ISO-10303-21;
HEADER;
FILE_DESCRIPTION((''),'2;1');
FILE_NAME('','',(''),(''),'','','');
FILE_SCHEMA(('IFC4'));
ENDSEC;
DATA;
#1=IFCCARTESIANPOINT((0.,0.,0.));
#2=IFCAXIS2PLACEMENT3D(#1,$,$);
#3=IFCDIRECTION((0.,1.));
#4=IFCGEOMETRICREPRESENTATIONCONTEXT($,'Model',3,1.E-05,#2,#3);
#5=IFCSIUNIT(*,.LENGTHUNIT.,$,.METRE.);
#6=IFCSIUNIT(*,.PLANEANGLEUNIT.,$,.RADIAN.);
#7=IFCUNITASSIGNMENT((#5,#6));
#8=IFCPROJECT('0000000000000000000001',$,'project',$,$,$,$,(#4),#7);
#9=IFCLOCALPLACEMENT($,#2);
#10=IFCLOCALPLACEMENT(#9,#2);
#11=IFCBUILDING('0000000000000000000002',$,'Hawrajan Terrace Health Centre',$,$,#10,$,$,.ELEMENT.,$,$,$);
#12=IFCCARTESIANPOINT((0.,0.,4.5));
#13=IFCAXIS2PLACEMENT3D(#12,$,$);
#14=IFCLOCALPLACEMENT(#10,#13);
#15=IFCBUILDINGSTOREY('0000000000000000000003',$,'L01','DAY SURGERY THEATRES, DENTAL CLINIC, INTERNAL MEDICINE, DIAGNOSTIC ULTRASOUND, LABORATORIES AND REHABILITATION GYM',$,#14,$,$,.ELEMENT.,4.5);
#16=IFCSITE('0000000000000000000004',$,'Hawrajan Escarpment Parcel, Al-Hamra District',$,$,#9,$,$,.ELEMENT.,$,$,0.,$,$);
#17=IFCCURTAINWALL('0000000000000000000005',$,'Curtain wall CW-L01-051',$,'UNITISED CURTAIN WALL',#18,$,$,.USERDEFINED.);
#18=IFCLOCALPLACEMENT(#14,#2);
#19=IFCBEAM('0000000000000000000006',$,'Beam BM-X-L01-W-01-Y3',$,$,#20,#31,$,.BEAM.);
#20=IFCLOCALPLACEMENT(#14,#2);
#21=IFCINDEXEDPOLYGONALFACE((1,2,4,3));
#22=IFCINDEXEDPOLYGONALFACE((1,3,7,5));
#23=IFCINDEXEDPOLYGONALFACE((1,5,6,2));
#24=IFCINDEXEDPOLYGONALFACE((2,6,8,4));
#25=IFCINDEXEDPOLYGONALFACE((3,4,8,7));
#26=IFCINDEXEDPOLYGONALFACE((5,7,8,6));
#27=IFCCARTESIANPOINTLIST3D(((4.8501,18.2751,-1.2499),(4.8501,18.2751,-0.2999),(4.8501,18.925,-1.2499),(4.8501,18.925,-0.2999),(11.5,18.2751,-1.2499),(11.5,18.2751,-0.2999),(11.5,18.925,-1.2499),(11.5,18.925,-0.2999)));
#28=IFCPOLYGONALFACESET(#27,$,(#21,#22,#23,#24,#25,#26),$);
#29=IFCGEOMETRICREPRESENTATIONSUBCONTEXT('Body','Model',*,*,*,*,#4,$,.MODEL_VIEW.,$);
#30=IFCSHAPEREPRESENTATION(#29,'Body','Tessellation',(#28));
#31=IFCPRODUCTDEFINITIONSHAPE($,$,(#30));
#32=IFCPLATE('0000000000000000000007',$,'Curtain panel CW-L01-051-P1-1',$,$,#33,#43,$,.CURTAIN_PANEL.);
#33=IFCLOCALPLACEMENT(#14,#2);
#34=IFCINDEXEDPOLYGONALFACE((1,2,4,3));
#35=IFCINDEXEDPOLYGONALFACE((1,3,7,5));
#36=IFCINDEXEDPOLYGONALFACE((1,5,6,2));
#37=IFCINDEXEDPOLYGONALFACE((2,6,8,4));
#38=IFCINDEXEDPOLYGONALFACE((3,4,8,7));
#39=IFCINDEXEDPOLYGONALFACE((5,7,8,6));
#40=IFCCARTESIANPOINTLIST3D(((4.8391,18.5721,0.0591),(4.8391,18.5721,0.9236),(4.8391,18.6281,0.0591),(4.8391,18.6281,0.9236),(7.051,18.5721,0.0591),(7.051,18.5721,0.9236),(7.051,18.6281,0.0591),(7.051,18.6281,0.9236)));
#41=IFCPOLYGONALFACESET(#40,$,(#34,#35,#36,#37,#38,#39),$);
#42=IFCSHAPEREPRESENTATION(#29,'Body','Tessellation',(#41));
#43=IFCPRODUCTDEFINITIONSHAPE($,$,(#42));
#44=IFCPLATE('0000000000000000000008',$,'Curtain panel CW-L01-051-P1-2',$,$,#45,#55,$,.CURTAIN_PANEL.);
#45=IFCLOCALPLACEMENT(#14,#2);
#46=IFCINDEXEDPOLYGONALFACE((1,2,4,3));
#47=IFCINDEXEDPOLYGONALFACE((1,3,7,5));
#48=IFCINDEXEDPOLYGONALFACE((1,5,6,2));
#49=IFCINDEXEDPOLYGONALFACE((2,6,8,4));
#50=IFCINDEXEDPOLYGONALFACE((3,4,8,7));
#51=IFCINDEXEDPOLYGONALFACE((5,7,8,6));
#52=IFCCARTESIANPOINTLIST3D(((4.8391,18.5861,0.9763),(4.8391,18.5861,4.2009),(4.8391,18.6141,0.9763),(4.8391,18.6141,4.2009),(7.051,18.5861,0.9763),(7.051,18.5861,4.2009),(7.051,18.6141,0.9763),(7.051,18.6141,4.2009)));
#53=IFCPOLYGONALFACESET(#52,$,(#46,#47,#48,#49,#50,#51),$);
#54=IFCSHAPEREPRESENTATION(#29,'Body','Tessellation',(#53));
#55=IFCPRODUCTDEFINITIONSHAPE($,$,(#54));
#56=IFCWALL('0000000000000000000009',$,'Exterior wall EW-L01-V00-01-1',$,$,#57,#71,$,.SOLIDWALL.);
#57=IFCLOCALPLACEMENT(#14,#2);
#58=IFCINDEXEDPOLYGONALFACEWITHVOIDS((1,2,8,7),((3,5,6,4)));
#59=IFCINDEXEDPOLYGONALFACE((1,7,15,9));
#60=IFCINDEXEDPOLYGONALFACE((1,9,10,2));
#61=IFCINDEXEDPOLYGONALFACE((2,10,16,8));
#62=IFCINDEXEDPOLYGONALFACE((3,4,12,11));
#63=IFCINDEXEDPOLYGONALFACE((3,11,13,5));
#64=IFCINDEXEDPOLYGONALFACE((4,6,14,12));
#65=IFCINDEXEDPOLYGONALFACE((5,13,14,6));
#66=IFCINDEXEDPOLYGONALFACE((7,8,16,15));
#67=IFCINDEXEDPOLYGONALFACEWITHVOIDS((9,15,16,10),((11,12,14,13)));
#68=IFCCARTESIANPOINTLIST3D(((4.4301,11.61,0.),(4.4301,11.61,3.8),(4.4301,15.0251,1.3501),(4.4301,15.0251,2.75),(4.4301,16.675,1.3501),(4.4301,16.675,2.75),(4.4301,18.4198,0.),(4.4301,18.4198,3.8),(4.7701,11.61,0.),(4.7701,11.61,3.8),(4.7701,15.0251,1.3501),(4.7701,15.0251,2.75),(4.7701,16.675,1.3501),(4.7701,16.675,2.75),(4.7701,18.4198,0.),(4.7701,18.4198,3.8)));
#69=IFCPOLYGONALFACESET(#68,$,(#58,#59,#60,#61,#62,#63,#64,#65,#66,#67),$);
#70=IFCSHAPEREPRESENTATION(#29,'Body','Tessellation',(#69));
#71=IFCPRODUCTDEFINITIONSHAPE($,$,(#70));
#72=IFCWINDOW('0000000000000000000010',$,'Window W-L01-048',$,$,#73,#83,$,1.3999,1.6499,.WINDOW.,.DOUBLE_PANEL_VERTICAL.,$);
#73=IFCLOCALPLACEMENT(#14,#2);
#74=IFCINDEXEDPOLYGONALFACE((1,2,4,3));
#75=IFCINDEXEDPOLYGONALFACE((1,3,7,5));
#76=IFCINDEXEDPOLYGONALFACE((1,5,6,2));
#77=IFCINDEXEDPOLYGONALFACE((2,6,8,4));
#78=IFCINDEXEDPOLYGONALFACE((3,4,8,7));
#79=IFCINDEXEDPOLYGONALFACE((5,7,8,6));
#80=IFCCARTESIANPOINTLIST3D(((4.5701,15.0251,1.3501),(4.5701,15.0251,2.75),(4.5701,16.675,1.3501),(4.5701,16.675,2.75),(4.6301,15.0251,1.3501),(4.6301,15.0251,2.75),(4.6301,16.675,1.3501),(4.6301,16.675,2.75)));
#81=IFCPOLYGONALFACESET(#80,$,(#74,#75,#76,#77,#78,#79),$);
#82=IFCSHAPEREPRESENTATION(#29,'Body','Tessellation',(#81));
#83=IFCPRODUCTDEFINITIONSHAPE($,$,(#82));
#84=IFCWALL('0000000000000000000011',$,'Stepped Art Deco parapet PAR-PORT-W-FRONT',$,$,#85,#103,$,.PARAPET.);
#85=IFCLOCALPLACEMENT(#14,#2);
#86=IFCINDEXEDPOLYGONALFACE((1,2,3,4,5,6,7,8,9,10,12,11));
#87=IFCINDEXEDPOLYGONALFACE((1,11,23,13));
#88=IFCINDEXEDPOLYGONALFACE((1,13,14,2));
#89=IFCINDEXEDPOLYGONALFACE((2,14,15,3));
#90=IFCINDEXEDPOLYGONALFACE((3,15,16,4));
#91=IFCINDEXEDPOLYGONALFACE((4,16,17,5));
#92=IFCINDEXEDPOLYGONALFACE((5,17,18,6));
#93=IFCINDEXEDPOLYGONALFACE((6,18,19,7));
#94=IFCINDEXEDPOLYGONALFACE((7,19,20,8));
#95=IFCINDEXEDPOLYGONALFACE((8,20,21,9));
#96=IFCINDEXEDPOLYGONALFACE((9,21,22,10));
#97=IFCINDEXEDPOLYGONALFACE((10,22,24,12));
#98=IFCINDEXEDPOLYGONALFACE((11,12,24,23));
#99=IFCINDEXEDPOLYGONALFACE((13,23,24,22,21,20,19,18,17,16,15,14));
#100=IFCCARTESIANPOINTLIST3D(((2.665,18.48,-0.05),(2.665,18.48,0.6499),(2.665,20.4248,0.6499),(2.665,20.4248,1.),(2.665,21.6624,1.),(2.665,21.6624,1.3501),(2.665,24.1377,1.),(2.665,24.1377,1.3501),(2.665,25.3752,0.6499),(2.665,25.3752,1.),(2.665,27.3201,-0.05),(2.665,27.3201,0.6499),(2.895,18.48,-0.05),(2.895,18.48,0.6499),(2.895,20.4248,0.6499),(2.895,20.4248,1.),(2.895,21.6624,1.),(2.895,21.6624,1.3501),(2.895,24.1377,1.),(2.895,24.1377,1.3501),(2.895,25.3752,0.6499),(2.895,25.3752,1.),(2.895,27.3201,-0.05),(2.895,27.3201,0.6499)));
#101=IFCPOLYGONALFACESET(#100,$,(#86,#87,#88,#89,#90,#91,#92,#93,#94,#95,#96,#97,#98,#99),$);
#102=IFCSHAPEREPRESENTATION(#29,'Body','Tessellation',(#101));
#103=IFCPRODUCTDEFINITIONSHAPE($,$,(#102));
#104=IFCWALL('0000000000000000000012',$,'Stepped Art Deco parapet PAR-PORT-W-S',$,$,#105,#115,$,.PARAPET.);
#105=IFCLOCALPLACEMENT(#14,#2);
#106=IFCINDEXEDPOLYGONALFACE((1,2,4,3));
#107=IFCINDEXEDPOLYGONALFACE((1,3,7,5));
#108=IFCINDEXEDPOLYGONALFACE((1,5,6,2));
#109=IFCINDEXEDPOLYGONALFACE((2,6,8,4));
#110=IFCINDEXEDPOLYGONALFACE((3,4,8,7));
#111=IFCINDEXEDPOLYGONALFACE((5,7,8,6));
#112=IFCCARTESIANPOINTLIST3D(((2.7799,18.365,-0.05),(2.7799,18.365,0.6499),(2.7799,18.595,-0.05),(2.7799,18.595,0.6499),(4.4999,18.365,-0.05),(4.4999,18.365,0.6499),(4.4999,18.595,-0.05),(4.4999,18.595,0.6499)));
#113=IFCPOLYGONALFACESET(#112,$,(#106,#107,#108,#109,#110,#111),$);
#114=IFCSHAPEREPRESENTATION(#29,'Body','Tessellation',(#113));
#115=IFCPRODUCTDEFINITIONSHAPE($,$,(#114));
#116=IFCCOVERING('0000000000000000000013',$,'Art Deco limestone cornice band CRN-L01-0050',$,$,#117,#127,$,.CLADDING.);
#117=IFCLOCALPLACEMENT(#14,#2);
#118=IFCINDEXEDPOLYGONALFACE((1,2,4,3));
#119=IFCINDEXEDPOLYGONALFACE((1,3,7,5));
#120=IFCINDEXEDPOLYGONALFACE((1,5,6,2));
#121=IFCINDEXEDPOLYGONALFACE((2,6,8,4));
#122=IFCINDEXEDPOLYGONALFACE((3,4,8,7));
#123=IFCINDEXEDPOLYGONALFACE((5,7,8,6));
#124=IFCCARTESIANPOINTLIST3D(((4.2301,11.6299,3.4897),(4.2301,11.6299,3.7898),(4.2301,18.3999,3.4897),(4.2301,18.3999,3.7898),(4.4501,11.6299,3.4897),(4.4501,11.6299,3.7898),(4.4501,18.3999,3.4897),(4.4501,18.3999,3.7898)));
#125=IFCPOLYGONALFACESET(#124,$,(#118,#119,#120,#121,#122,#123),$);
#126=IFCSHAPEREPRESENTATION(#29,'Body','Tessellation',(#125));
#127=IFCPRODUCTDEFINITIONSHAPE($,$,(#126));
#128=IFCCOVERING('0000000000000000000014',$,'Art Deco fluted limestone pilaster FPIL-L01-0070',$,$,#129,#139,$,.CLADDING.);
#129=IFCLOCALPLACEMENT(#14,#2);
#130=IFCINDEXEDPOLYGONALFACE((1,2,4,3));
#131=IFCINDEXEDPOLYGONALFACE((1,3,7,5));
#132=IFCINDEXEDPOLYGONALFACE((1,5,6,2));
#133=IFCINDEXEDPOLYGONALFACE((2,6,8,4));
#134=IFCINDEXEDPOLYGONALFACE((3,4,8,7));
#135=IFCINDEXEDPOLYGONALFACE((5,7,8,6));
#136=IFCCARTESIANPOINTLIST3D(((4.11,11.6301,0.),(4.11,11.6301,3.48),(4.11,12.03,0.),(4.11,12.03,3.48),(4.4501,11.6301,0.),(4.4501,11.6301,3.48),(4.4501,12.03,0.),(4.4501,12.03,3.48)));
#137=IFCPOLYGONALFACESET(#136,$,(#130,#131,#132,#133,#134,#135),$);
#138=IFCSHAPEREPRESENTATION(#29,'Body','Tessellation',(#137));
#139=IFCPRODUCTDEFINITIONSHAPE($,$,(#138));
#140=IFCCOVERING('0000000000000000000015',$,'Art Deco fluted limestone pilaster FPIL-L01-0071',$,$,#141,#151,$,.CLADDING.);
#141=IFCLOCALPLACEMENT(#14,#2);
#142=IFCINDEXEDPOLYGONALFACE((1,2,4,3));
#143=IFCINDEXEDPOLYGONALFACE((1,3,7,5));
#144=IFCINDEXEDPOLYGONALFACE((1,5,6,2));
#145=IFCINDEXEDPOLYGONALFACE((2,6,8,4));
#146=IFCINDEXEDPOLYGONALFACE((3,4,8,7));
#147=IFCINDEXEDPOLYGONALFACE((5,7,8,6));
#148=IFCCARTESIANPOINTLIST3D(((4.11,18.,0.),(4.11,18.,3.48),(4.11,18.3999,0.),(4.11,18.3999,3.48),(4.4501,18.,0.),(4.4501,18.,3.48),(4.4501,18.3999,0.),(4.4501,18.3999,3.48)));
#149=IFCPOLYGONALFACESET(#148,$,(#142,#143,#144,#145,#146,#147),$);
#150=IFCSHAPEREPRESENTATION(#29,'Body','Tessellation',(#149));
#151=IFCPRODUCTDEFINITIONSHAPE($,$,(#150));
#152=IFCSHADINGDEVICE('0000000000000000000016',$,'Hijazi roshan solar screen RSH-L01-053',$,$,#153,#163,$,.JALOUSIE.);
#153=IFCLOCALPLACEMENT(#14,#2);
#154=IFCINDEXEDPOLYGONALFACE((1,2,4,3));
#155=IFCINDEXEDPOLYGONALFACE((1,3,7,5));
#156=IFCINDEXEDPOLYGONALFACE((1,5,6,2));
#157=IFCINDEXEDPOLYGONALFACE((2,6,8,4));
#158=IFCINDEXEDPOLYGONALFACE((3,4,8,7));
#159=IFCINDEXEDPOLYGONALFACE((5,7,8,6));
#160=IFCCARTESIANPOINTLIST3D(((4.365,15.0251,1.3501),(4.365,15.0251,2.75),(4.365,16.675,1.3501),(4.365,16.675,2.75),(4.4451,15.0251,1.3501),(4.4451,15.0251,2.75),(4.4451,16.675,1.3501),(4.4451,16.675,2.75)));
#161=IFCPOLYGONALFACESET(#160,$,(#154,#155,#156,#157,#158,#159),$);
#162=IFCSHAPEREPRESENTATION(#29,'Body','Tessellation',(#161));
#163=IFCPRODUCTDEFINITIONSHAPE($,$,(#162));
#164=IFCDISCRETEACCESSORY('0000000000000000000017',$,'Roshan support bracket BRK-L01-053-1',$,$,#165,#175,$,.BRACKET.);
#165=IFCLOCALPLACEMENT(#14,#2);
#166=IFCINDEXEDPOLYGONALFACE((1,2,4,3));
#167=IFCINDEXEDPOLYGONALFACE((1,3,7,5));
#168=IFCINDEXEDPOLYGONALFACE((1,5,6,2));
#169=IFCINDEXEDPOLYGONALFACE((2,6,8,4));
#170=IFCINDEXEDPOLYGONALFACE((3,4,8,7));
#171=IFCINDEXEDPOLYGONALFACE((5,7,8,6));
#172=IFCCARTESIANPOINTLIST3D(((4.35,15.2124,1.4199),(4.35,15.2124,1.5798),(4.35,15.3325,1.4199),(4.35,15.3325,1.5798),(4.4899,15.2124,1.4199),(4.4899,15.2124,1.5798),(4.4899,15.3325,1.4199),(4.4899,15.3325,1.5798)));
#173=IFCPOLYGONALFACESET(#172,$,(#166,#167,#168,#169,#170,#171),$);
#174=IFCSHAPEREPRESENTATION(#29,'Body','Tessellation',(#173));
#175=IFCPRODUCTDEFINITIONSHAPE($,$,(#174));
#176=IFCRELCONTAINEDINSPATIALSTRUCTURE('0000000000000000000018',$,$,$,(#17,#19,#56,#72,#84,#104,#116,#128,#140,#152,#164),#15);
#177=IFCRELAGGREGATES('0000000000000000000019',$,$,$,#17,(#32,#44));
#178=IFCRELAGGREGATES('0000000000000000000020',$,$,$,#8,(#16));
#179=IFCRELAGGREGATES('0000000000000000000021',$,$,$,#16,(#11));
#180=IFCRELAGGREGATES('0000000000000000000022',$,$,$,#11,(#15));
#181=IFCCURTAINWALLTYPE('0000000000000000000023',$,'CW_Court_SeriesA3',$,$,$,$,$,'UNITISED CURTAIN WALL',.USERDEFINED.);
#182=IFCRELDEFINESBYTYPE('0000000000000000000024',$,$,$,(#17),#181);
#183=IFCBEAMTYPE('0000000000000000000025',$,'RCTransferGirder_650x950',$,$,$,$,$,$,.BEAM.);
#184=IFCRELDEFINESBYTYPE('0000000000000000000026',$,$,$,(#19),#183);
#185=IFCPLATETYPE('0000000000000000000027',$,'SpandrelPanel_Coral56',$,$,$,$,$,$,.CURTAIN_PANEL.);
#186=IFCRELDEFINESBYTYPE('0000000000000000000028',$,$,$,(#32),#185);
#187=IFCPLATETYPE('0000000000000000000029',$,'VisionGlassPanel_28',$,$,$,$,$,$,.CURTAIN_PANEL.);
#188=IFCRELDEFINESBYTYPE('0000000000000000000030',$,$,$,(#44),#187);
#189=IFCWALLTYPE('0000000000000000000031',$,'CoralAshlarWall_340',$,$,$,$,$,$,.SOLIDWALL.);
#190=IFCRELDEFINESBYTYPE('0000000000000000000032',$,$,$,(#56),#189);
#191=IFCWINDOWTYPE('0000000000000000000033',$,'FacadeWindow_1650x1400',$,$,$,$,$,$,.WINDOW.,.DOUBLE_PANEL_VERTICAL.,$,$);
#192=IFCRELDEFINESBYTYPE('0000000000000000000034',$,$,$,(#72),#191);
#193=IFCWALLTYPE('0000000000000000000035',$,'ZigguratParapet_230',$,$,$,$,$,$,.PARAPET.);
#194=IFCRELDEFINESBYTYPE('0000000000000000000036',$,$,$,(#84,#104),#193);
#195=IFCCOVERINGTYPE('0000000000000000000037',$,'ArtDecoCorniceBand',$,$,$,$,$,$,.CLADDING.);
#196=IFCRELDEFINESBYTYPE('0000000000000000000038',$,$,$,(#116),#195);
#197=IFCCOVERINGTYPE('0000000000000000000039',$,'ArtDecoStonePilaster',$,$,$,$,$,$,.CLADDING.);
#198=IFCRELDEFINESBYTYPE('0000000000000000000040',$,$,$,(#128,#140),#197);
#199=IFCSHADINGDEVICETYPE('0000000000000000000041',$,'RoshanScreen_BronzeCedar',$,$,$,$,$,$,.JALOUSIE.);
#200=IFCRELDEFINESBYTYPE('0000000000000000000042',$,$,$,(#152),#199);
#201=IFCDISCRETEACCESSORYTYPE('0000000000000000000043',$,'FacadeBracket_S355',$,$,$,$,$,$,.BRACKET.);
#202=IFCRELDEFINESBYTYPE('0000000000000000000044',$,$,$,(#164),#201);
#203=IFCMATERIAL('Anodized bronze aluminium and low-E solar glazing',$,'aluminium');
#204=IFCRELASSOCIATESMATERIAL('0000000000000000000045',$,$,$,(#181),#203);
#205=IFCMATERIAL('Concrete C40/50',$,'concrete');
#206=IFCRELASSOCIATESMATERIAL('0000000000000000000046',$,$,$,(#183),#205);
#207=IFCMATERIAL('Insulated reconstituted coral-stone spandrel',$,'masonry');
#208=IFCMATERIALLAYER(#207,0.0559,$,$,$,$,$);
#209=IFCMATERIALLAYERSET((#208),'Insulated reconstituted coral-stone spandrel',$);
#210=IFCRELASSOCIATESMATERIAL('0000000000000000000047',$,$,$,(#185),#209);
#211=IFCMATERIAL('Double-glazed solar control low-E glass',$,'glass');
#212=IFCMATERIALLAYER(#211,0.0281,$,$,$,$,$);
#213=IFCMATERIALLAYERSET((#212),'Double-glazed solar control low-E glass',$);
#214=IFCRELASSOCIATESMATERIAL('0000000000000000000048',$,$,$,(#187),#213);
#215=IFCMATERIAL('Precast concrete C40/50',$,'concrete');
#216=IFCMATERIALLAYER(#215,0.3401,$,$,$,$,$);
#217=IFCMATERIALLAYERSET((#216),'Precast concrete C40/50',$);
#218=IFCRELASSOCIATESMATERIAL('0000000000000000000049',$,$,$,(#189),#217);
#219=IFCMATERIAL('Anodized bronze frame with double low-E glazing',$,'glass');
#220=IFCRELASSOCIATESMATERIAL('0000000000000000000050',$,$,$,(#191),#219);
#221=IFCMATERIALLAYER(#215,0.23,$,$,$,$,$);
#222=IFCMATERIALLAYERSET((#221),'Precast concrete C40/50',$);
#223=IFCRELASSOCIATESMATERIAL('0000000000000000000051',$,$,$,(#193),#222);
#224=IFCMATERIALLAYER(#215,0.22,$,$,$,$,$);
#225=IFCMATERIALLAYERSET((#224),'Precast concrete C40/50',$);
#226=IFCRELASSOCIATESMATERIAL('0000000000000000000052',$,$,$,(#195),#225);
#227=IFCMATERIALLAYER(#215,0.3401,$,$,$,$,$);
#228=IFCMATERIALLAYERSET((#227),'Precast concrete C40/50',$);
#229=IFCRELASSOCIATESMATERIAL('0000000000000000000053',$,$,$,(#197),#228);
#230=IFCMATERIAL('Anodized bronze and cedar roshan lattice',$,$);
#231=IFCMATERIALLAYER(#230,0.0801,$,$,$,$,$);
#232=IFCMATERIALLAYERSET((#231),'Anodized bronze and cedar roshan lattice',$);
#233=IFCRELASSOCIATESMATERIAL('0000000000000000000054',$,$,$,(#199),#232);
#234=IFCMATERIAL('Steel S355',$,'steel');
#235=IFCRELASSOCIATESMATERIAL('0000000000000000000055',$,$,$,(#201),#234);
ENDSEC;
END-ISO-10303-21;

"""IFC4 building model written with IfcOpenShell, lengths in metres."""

from ifc_helpers import new_model, si_unit, direction, frame, frame_2d, origin, origin_2d, place, context, subcontext, project, spatial, polyline, rectangle, outline, extrude, material, layer, layer_set, material_profile, profile_set, type_object, element, fill, aggregate, save


model = new_model("IFC4")

# Units and contexts
model_context = context("Model", 3, precision=1e-05, world=origin(), true_north=direction((0.0, 1.0)))
body_context = subcontext(model_context, "Body", "Model", "MODEL_VIEW")
ifc_project = project(units=[si_unit("LENGTHUNIT", "METRE"), si_unit("PLANEANGLEUNIT", "RADIAN")], contexts=[model_context])

# Site, building, storey
site_placement = place(None, origin())
site = spatial("IfcSite", under=ifc_project, at=site_placement, Name="Hawrajan Escarpment Parcel, Al-Hamra District", CompositionType="ELEMENT", RefElevation=0.0)
building_placement = place(site_placement, origin())
building = spatial("IfcBuilding", under=site, at=building_placement, Name="Hawrajan Terrace Health Centre", CompositionType="ELEMENT")
storey_placement = place(building_placement, frame((0.0, 0.0, 4.5)))
storey = spatial("IfcBuildingStorey", under=building, at=storey_placement, Name="L01", Description="DAY SURGERY THEATRES, DENTAL CLINIC, INTERNAL MEDICINE, DIAGNOSTIC ULTRASOUND, LABORATORIES AND REHABILITATION GYM", CompositionType="ELEMENT", Elevation=4.5)

# Curtain wall
ifc_material_1 = material(Name="Anodized bronze aluminium and low-E solar glazing", Category="aluminium")
curtain_wall_type = type_object("IfcCurtainWallType", Name="CW_Court_SeriesA3", ElementType="UNITISED CURTAIN WALL", PredefinedType="USERDEFINED", material=ifc_material_1)
curtain_wall_placement = place(storey_placement, origin())
curtain_wall = element("IfcCurtainWall", 1, at=curtain_wall_placement, inside=storey, type_object=curtain_wall_type, Name="Curtain wall CW-L01-051", ObjectType="UNITISED CURTAIN WALL", PredefinedType="USERDEFINED")

# Beam
ifc_material_2 = material(Name="Concrete C40/50", Category="concrete")
ifc_material_profile_1 = material_profile(ifc_material_2, rectangle(XDim=0.6499, YDim=0.95, at=origin_2d()), Name="RC TG 650x950")
ifc_profile_set_1 = profile_set([ifc_material_profile_1], Name="Concrete C40/50")
beam_type_1 = type_object("IfcBeamType", Name="RCTransferGirder_650x950", PredefinedType="BEAM", material=ifc_profile_set_1)
beam_1_placement = place(storey_placement, frame((4.8501, 18.6001, -0.7749), z_axis=(1.0, 0.0, 0.0), x_axis=(0.0, 1.0, 0.0)))
element("IfcBeam", 2, at=beam_1_placement, inside=storey, type_object=beam_type_1, Name="Beam BM-X-L01-W-01-Y3", PredefinedType="BEAM", context=body_context, shape_type="SweptSolid", body=[
    extrude(rectangle(XDim=0.6499, YDim=0.95, at=origin_2d()), origin(), (0.0, 0.0, 1.0), 6.6499),
])

# Plates
ifc_material_3 = material(Name="Insulated reconstituted coral-stone spandrel", Category="masonry")
ifc_layer_1 = layer(ifc_material_3, 0.0559)
ifc_layer_set_1 = layer_set([ifc_layer_1], Name="Insulated reconstituted coral-stone spandrel")
plate_type_1 = type_object("IfcPlateType", Name="SpandrelPanel_Coral56", PredefinedType="CURTAIN_PANEL", material=ifc_layer_set_1)
plate_1_placement = place(storey_placement, frame((5.9451, 18.6001, 0.0591), z_axis=(0.0, 0.0, 1.0), x_axis=(1.0, 0.0, 0.0)))
plate_1 = element("IfcPlate", 3, at=plate_1_placement, type_object=plate_type_1, Name="Curtain panel CW-L01-051-P1-1", PredefinedType="CURTAIN_PANEL", context=body_context, shape_type="SweptSolid", body=[
    extrude(rectangle(XDim=2.2119, YDim=0.0559, at=origin_2d()), origin(), (0.0, 0.0, 1.0), 0.8645),
])
ifc_material_4 = material(Name="Double-glazed solar control low-E glass", Category="glass")
ifc_layer_2 = layer(ifc_material_4, 0.0281)
ifc_layer_set_2 = layer_set([ifc_layer_2], Name="Double-glazed solar control low-E glass")
plate_type_2 = type_object("IfcPlateType", Name="VisionGlassPanel_28", PredefinedType="CURTAIN_PANEL", material=ifc_layer_set_2)
plate_2_placement = place(storey_placement, frame((5.9451, 18.6001, 0.9763), z_axis=(0.0, 0.0, 1.0), x_axis=(1.0, 0.0, 0.0)))
plate_2 = element("IfcPlate", 4, at=plate_2_placement, type_object=plate_type_2, Name="Curtain panel CW-L01-051-P1-2", PredefinedType="CURTAIN_PANEL", context=body_context, shape_type="SweptSolid", body=[
    extrude(rectangle(XDim=2.2119, YDim=0.0281, at=origin_2d()), origin(), (0.0, 0.0, 1.0), 3.2246),
])
aggregate(curtain_wall, [plate_1, plate_2])

# Wall, opening, window
ifc_material_5 = material(Name="Precast concrete C40/50", Category="concrete")
ifc_layer_3 = layer(ifc_material_5, 0.3401)
ifc_layer_set_3 = layer_set([ifc_layer_3], Name="Precast concrete C40/50")
wall_type_1 = type_object("IfcWallType", Name="CoralAshlarWall_340", PredefinedType="SOLIDWALL", material=ifc_layer_set_3)
wall_1_placement = place(storey_placement, frame((4.6001, 11.6101, 0.0), z_axis=(0.0, 0.0, 1.0), x_axis=(0.0, 1.0, 0.0)))
wall_1 = element("IfcWall", 5, at=wall_1_placement, inside=storey, type_object=wall_type_1, Name="Exterior wall EW-L01-V00-01-1", PredefinedType="SOLIDWALL", context=body_context, shape_type="SweptSolid", body=[
    extrude(rectangle(XDim=6.8098, YDim=0.3401, at=frame_2d((3.4048, 0.0))), origin(), (0.0, 0.0, 1.0), 3.8),
])
opening_1_placement = place(wall_1_placement, frame((3.415, 0.0, 1.3501)))
opening_1 = element("IfcOpeningElement", 6, at=opening_1_placement, cuts=wall_1, PredefinedType="OPENING", context=body_context, shape_type="SweptSolid", body=[
    extrude(rectangle(XDim=1.6499, YDim=1.3999, at=frame_2d((0.825, 0.7))), frame((0.0, 0.1799, 0.0), z_axis=(0.0, -1.0, 0.0), x_axis=(1.0, 0.0, 0.0)), (0.0, 0.0, 1.0), 0.3601),
])
ifc_material_6 = material(Name="Anodized bronze frame with double low-E glazing", Category="glass")
window_type = type_object("IfcWindowType", Name="FacadeWindow_1650x1400", PartitioningType="DOUBLE_PANEL_VERTICAL", PredefinedType="WINDOW", material=ifc_material_6)
window_placement = place(opening_1_placement, origin())
window = element("IfcWindow", 7, at=window_placement, inside=storey, type_object=window_type, Name="Window W-L01-048", OverallHeight=1.3999, OverallWidth=1.6499, PartitioningType="DOUBLE_PANEL_VERTICAL", PredefinedType="WINDOW", context=body_context, shape_type="SweptSolid", body=[
    extrude(rectangle(XDim=1.6499, YDim=1.3999, at=frame_2d((0.825, 0.7))), frame((0.0, 0.03, 0.0), z_axis=(0.0, -1.0, 0.0), x_axis=(1.0, 0.0, 0.0)), (0.0, 0.0, 1.0), 0.0601),
])
fill(opening_1, window)

# Walls
ifc_layer_4 = layer(ifc_material_5, 0.23)
ifc_layer_set_4 = layer_set([ifc_layer_4], Name="Precast concrete C40/50")
wall_type_2 = type_object("IfcWallType", Name="ZigguratParapet_230", PredefinedType="PARAPET", material=ifc_layer_set_4)
wall_2_placement = place(storey_placement, frame((2.78, 18.48, -0.05), z_axis=(0.0, 0.0, 1.0), x_axis=(0.0, 1.0, 0.0)))
element("IfcWall", 8, at=wall_2_placement, inside=storey, type_object=wall_type_2, Name="Stepped Art Deco parapet PAR-PORT-W-FRONT", PredefinedType="PARAPET", context=body_context, shape_type="SweptSolid", body=[
    extrude(outline(polyline([(0.0, 0.0), (8.8401, 0.0), (8.8401, 0.7), (6.8953, 1.05), (6.8953, 0.7), (5.6577, 1.4001), (5.6577, 1.05), (3.1824, 1.4001), (3.1824, 1.05), (1.9448, 1.05), (1.9448, 0.7), (0.0, 0.7), (0.0, 0.0)])), frame((0.0, 0.115, 0.0), z_axis=(0.0, -1.0, 0.0), x_axis=(1.0, 0.0, 0.0)), (0.0, 0.0, 1.0), 0.23),
])
wall_3_placement = place(storey_placement, frame((2.78, 18.48, -0.05), z_axis=(0.0, 0.0, 1.0), x_axis=(1.0, 0.0, 0.0)))
element("IfcWall", 9, at=wall_3_placement, inside=storey, type_object=wall_type_2, Name="Stepped Art Deco parapet PAR-PORT-W-S", PredefinedType="PARAPET", context=body_context, shape_type="SweptSolid", body=[
    extrude(rectangle(XDim=1.72, YDim=0.23, at=frame_2d((0.8599, 0.0))), origin(), (0.0, 0.0, 1.0), 0.7),
])

# Coverings
ifc_layer_5 = layer(ifc_material_5, 0.22)
ifc_layer_set_5 = layer_set([ifc_layer_5], Name="Precast concrete C40/50")
covering_type_1 = type_object("IfcCoveringType", Name="ArtDecoCorniceBand", PredefinedType="CLADDING", material=ifc_layer_set_5)
covering_placement = place(storey_placement, frame((4.3401, 15.0149, 3.4897), z_axis=(0.0, 0.0, 1.0), x_axis=(0.0, 1.0, 0.0)))
element("IfcCovering", 10, at=covering_placement, inside=storey, type_object=covering_type_1, Name="Art Deco limestone cornice band CRN-L01-0050", PredefinedType="CLADDING", context=body_context, shape_type="SweptSolid", body=[
    extrude(rectangle(XDim=6.77, YDim=0.22, at=origin_2d()), origin(), (0.0, 0.0, 1.0), 0.3),
])
ifc_layer_6 = layer(ifc_material_5, 0.3401)
ifc_layer_set_6 = layer_set([ifc_layer_6], Name="Precast concrete C40/50")
covering_type_2 = type_object("IfcCoveringType", Name="ArtDecoStonePilaster", PredefinedType="CLADDING", material=ifc_layer_set_6)
for number, where, z_axis, x_axis, name in (
    (11, (4.28, 11.8301, 0.0), (0.0, 0.0, 1.0), (0.0, 1.0, 0.0), "Art Deco fluted limestone pilaster FPIL-L01-0070"),
    (12, (4.28, 18.2, 0.0), (0.0, 0.0, 1.0), (0.0, 1.0, 0.0), "Art Deco fluted limestone pilaster FPIL-L01-0071"),
):
    element("IfcCovering", number, at=place(storey_placement, frame(where, z_axis=z_axis, x_axis=x_axis)), inside=storey, type_object=covering_type_2, Name=name, PredefinedType="CLADDING", context=body_context, shape_type="SweptSolid", body=[
        extrude(rectangle(XDim=0.3999, YDim=0.3401, at=origin_2d()), origin(), (0.0, 0.0, 1.0), 3.48),
    ])

# Shading device
ifc_material_7 = material(Name="Anodized bronze and cedar roshan lattice")
ifc_layer_7 = layer(ifc_material_7, 0.0801)
ifc_layer_set_7 = layer_set([ifc_layer_7], Name="Anodized bronze and cedar roshan lattice")
shading_device_type = type_object("IfcShadingDeviceType", Name="RoshanScreen_BronzeCedar", PredefinedType="JALOUSIE", material=ifc_layer_set_7)
shading_device_placement = place(storey_placement, frame((4.405, 15.8501, 1.3501), z_axis=(0.0, 0.0, 1.0), x_axis=(0.0, 1.0, 0.0)))
element("IfcShadingDevice", 13, at=shading_device_placement, inside=storey, type_object=shading_device_type, Name="Hijazi roshan solar screen RSH-L01-053", PredefinedType="JALOUSIE", context=body_context, shape_type="SweptSolid", body=[
    extrude(rectangle(XDim=1.6499, YDim=0.0801, at=origin_2d()), origin(), (0.0, 0.0, 1.0), 1.3999),
])

# Discrete accessory
ifc_material_8 = material(Name="Steel S355", Category="steel")
discrete_accessory_type = type_object("IfcDiscreteAccessoryType", Name="FacadeBracket_S355", PredefinedType="BRACKET", material=ifc_material_8)
for number, where, z_axis, x_axis, name in (
    (14, (4.4199, 15.2725, 1.4199), (0.0, 0.0, 1.0), (0.0, 1.0, 0.0), "Roshan support bracket BRK-L01-053-1"),
):
    element("IfcDiscreteAccessory", number, at=place(storey_placement, frame(where, z_axis=z_axis, x_axis=x_axis)), inside=storey, type_object=discrete_accessory_type, Name=name, PredefinedType="BRACKET", context=body_context, shape_type="SweptSolid", body=[
        extrude(rectangle(XDim=0.1201, YDim=0.1399, at=origin_2d()), origin(), (0.0, 0.0, 1.0), 0.1599),
    ])

save(model, "model.ifc")
